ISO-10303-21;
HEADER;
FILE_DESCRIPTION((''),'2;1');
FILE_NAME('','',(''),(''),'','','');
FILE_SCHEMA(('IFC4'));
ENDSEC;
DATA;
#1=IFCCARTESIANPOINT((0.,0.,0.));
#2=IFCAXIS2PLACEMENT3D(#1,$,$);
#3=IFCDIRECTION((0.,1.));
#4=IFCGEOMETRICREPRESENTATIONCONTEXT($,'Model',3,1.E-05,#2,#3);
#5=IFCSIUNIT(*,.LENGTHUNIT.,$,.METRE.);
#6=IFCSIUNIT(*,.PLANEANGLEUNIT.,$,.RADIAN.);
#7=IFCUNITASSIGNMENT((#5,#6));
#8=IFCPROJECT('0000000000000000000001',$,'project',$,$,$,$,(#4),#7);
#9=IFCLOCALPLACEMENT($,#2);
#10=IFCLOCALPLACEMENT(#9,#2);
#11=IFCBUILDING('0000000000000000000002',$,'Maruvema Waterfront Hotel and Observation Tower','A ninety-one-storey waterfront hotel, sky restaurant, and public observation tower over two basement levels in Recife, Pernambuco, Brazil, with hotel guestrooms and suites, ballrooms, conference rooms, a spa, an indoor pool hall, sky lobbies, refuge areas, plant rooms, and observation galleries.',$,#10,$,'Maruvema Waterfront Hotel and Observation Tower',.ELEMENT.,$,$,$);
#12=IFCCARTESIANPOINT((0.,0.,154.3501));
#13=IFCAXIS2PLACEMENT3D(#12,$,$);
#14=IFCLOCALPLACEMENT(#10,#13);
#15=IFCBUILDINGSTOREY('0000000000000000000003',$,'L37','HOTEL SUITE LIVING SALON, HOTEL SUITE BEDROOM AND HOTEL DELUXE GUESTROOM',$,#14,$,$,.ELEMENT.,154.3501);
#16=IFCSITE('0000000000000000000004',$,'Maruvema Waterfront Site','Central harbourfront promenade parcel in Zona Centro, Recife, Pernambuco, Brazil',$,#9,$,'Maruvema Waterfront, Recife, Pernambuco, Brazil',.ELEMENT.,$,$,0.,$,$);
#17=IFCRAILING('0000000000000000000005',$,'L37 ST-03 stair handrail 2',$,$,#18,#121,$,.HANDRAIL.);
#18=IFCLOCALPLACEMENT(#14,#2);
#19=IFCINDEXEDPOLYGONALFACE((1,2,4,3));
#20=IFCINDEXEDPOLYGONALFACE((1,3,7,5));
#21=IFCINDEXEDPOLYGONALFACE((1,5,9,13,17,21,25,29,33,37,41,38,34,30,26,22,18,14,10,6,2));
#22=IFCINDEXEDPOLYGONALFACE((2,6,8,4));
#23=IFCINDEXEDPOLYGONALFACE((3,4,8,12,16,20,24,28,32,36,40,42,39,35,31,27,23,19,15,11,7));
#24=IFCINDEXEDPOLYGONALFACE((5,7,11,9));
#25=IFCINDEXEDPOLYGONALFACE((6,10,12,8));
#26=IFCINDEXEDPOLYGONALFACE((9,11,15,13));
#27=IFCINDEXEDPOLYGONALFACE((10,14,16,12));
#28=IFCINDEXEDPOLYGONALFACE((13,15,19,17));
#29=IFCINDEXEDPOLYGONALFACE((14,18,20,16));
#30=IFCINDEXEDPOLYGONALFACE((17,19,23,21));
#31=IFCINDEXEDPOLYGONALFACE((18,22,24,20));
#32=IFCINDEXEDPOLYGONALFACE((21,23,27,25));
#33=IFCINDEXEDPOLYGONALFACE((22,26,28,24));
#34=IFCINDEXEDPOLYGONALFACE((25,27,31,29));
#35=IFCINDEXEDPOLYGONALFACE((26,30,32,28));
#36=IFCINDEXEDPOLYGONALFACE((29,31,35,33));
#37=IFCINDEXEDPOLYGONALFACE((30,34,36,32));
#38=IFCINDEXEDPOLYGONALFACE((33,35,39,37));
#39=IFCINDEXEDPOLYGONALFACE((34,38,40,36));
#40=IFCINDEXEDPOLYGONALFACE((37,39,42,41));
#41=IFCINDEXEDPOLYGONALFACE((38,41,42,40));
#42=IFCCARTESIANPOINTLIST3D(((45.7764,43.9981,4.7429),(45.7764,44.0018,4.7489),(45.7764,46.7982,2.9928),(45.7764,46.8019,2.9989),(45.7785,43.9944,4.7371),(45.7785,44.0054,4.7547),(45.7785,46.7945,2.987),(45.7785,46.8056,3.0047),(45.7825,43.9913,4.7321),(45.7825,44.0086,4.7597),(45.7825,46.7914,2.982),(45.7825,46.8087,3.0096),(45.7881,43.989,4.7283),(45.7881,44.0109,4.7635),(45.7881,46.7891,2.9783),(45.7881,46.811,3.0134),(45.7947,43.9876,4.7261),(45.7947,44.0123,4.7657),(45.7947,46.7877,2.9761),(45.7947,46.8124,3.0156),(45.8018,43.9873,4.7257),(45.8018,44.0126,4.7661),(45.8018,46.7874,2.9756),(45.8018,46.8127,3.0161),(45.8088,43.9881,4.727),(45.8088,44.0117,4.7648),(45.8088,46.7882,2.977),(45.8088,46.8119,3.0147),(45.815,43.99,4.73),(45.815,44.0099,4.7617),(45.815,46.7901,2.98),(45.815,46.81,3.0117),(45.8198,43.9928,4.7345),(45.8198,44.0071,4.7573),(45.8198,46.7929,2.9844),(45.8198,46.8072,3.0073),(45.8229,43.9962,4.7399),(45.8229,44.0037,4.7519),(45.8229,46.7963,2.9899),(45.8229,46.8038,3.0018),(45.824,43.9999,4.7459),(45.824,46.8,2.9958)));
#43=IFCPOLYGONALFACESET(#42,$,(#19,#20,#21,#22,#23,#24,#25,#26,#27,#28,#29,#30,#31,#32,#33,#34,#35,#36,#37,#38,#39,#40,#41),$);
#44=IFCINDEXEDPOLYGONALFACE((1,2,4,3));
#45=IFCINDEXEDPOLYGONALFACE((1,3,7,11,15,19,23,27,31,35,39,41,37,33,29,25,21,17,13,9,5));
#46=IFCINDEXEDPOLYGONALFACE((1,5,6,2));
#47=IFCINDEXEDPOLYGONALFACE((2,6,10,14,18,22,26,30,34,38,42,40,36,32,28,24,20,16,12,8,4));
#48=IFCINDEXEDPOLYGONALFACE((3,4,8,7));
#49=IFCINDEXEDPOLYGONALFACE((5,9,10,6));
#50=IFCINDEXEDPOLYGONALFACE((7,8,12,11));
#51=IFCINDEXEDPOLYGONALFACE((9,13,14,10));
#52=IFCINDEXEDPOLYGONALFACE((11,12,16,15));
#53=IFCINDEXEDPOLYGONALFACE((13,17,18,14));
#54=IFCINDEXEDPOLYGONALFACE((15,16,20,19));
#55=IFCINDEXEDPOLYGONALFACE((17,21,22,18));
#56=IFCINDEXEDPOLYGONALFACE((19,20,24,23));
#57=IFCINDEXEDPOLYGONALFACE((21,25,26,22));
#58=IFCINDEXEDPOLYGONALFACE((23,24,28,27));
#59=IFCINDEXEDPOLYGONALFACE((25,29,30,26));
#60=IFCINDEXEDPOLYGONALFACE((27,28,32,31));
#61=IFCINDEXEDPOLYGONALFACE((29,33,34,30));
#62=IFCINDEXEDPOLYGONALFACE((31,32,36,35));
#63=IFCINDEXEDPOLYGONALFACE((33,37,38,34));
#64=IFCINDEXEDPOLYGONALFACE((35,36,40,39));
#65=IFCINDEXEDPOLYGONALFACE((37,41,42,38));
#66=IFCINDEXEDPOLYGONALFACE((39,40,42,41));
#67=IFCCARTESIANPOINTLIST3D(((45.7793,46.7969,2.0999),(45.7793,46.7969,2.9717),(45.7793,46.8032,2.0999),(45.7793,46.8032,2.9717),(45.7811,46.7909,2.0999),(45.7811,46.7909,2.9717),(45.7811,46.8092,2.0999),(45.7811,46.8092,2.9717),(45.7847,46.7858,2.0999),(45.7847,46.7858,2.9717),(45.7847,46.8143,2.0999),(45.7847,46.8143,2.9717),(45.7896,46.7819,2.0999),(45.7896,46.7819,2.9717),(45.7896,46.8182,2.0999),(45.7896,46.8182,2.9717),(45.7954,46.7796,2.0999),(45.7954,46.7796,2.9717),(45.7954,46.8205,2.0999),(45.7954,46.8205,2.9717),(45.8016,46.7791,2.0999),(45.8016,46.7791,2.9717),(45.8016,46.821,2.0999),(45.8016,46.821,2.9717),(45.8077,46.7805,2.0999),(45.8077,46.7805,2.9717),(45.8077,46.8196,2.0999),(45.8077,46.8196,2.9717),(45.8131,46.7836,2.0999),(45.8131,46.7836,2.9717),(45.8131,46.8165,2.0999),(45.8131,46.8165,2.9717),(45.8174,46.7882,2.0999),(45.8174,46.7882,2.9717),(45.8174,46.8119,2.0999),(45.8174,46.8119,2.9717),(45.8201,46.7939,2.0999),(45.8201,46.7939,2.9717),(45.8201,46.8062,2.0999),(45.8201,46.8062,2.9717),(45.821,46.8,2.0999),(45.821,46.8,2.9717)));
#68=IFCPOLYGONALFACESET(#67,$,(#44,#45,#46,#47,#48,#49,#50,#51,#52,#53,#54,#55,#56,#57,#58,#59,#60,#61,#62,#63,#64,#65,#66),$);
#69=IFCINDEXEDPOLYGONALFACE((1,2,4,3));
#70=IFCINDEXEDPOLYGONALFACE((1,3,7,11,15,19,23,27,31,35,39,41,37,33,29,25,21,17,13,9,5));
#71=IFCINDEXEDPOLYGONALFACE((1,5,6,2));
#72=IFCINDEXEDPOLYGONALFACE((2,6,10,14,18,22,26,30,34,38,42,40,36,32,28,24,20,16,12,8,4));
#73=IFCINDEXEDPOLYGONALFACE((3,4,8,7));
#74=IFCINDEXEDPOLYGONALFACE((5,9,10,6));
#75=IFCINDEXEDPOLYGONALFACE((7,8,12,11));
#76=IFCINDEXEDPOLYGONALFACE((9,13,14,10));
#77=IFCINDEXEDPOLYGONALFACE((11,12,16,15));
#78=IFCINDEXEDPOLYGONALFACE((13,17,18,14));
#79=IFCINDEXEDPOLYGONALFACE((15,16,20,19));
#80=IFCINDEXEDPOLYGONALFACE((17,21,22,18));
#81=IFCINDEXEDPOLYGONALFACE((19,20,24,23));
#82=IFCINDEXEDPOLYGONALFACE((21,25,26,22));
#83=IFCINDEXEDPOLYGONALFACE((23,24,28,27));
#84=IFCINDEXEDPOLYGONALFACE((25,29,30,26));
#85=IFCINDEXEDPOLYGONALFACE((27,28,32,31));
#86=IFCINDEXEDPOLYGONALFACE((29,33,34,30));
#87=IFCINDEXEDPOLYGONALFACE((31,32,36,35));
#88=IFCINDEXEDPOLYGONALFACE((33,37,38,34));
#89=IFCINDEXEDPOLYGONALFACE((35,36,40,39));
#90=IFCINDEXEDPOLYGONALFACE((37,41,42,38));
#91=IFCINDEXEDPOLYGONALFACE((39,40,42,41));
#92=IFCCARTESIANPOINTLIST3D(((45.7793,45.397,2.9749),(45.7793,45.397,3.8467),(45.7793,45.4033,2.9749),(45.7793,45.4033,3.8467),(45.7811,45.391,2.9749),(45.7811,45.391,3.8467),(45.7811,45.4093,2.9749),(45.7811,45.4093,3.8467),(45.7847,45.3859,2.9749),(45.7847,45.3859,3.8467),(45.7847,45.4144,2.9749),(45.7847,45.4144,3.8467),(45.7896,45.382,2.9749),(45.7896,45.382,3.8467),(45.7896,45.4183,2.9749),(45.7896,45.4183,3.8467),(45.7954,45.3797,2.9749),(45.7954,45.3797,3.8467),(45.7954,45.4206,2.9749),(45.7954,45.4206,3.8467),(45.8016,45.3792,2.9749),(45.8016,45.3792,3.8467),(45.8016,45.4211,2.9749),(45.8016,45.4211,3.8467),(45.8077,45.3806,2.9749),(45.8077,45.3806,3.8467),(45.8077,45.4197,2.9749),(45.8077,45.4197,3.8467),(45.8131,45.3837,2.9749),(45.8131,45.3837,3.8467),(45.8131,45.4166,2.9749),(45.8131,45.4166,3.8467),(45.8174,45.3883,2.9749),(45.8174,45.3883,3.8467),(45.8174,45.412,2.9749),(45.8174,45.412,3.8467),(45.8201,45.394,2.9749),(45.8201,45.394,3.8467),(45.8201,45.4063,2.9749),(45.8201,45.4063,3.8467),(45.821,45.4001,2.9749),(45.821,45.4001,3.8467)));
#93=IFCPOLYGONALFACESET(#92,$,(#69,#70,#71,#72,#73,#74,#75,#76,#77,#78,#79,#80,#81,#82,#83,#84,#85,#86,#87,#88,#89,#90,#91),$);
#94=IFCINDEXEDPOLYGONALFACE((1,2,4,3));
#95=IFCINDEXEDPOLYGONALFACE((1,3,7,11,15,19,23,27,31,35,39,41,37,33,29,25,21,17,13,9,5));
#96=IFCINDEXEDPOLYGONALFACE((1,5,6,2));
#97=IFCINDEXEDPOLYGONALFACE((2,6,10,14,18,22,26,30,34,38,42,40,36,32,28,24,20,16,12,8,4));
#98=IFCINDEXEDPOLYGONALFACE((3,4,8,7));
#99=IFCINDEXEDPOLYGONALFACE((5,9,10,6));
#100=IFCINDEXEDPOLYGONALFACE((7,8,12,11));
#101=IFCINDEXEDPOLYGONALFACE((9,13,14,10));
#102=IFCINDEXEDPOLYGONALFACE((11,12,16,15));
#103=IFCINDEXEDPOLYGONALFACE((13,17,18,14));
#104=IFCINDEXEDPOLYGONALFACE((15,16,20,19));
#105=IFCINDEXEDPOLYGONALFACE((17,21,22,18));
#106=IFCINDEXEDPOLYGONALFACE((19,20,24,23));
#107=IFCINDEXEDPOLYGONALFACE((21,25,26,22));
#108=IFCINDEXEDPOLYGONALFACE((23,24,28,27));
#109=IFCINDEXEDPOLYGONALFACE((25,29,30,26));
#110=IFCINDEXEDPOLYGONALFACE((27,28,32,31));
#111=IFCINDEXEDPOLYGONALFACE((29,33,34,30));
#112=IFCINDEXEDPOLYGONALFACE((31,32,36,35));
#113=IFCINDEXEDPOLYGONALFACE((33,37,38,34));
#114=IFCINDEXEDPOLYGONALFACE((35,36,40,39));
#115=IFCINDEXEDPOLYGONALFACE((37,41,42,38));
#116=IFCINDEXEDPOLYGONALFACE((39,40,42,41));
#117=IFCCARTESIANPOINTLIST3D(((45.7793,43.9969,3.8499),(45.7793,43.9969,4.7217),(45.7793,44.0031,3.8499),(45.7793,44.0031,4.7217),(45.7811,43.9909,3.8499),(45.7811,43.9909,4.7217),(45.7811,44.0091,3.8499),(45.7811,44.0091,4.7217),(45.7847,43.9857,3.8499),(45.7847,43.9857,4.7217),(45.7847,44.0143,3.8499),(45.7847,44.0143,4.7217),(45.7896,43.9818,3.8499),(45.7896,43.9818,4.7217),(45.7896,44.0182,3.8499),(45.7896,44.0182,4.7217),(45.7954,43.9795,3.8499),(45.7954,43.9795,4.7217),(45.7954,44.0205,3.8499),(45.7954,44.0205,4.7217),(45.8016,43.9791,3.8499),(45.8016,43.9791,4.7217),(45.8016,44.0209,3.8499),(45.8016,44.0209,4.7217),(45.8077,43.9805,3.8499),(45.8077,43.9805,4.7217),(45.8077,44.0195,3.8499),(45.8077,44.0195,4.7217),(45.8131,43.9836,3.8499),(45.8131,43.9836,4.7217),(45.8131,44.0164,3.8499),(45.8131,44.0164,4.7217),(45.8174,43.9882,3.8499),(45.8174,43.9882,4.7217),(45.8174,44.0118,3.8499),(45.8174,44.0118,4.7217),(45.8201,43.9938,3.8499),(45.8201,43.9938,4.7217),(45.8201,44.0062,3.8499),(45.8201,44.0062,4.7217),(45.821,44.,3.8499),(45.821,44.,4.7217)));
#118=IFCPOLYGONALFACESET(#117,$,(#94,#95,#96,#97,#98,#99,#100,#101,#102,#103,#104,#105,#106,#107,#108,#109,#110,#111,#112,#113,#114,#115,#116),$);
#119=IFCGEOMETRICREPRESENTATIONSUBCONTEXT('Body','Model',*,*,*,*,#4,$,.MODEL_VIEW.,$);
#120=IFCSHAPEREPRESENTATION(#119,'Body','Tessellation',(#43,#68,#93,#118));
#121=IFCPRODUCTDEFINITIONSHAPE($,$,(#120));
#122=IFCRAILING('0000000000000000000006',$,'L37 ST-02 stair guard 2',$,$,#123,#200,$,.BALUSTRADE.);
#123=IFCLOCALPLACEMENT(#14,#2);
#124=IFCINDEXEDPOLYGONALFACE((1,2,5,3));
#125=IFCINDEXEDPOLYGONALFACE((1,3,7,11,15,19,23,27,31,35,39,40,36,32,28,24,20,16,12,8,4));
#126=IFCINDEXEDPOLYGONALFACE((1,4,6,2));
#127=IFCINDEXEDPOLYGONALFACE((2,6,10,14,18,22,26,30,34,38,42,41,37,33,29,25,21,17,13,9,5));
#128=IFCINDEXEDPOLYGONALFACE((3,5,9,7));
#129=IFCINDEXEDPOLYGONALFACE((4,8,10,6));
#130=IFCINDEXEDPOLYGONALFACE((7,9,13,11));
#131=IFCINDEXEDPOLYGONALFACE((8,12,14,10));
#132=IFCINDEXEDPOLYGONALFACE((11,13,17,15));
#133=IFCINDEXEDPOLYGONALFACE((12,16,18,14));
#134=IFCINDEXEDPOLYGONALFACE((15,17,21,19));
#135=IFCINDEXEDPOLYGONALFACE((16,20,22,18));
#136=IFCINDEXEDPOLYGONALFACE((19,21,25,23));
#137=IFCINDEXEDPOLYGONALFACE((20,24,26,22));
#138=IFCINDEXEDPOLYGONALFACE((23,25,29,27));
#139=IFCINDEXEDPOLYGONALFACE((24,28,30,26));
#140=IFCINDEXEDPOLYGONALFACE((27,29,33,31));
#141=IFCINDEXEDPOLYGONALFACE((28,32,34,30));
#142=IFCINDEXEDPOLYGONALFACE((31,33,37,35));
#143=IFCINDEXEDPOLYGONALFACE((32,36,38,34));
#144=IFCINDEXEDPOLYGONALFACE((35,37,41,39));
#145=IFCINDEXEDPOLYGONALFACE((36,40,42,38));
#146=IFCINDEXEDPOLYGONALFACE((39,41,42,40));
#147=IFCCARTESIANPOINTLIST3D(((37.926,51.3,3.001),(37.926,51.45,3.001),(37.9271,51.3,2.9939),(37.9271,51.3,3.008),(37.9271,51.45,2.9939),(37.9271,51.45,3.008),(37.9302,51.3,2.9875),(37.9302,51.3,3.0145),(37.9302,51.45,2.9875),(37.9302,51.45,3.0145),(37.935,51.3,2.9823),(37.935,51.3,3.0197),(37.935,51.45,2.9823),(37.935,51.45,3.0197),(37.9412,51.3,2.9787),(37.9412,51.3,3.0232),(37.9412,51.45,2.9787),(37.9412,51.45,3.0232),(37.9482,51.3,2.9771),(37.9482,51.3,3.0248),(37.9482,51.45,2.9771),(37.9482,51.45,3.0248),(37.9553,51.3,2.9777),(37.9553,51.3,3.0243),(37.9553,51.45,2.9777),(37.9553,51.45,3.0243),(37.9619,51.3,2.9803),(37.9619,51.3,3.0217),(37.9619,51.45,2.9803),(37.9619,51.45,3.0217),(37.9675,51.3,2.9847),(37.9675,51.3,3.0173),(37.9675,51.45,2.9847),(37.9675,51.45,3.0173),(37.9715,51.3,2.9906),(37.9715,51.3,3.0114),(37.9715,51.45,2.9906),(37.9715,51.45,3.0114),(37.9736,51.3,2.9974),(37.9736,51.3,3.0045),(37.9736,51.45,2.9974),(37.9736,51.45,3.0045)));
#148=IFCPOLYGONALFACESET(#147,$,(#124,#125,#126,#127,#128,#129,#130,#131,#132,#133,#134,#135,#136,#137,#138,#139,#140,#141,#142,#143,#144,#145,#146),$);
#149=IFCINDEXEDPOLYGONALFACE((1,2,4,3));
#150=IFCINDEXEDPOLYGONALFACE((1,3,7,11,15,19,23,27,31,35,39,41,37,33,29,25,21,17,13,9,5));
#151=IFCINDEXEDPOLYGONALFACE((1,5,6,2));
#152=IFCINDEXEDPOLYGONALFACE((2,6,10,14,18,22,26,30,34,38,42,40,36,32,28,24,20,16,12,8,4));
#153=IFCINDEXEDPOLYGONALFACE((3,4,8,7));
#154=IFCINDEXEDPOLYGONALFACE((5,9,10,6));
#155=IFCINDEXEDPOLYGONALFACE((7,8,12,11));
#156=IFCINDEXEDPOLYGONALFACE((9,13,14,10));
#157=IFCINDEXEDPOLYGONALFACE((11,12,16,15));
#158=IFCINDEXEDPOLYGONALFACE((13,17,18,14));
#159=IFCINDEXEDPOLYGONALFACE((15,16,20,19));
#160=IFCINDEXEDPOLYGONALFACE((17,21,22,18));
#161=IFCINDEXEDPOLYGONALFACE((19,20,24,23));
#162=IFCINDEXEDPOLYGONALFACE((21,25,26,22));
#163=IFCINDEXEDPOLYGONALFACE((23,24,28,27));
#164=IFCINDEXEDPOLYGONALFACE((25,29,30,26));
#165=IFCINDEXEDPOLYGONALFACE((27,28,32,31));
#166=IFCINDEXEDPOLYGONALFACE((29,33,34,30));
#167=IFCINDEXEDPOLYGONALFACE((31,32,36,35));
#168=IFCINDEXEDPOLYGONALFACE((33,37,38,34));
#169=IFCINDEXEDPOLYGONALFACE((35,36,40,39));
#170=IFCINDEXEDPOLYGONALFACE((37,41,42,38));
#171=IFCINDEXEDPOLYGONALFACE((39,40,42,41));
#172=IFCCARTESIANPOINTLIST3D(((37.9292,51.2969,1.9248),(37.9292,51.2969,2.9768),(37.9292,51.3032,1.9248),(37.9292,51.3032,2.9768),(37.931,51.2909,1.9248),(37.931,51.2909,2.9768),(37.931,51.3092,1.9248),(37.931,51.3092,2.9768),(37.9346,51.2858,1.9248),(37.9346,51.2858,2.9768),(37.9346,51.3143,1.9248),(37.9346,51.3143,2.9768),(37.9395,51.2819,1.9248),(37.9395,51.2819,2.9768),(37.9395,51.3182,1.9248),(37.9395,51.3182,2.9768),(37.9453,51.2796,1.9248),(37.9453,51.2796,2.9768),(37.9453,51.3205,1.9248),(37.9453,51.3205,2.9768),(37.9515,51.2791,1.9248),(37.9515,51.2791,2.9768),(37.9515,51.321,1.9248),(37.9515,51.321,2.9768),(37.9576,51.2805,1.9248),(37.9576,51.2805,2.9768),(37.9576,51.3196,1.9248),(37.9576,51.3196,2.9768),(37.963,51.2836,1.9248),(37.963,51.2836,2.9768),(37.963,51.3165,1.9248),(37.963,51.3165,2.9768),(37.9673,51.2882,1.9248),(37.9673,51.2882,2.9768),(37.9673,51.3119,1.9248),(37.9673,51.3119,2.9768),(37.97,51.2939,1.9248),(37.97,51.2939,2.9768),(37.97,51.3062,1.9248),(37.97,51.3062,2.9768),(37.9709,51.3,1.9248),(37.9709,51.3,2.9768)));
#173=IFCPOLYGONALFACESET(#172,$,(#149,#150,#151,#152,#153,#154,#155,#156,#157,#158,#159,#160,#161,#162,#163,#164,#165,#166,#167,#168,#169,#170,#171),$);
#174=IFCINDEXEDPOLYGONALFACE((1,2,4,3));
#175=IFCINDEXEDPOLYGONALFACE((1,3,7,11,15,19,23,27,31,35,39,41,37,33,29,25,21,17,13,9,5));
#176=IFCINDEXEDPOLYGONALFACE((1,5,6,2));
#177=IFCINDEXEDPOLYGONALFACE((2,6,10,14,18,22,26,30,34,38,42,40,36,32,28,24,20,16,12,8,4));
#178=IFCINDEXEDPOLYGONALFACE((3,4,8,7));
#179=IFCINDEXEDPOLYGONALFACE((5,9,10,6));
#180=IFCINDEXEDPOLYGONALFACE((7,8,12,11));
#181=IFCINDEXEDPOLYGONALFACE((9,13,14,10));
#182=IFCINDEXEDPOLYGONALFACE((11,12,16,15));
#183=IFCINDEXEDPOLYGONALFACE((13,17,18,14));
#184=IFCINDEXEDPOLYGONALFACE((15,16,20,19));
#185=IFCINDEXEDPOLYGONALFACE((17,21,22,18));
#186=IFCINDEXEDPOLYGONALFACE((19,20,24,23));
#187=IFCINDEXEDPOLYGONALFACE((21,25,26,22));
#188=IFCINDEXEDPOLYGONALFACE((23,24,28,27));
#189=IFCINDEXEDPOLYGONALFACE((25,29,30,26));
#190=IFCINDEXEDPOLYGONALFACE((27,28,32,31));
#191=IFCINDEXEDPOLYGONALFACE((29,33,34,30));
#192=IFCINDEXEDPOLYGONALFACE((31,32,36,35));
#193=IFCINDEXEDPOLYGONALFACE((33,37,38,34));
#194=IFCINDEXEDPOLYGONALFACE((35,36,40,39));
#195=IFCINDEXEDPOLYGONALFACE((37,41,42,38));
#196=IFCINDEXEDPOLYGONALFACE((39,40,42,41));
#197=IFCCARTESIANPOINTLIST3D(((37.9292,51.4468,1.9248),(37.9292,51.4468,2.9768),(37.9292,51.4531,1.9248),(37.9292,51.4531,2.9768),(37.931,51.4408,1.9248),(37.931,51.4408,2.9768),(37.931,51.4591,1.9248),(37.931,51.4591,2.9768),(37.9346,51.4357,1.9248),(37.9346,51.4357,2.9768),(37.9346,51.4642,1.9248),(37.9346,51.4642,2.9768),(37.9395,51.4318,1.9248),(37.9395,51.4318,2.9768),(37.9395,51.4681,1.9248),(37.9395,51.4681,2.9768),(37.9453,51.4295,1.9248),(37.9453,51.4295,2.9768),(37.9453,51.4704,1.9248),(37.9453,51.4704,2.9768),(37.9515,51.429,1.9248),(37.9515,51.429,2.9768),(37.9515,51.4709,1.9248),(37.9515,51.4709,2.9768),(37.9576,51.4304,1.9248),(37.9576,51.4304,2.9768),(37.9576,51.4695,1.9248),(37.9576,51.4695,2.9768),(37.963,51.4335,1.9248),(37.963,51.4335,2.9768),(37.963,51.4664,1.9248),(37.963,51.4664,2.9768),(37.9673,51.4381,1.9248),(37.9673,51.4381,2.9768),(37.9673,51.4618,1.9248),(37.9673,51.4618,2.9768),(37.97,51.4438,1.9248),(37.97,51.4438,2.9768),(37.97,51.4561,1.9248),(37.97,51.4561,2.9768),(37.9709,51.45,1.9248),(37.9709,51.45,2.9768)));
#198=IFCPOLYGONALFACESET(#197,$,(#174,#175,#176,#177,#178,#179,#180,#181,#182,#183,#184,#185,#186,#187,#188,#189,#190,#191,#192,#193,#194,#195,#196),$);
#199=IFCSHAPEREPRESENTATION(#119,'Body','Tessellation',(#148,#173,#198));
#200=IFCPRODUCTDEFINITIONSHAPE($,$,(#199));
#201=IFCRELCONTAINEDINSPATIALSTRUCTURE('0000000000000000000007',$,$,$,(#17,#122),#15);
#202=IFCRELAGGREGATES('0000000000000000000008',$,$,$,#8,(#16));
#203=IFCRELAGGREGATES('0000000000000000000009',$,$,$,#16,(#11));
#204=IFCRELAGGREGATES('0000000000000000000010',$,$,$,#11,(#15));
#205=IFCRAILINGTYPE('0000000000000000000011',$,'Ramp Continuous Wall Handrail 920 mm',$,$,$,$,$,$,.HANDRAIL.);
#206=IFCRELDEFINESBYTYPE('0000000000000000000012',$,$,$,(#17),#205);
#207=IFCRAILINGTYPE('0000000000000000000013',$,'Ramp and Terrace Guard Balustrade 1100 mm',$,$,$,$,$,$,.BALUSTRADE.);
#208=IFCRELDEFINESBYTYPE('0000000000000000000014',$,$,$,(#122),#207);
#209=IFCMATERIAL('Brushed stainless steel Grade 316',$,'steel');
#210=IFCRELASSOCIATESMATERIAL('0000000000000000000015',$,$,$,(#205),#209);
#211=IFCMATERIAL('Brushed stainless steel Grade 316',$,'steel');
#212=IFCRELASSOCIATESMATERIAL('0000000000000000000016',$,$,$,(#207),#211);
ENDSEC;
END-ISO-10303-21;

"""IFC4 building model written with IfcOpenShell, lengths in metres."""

from ifc_helpers import new_model, si_unit, direction, frame, origin, origin_2d, place, context, subcontext, project, spatial, circle, extrude, material, type_object, element, save


model = new_model("IFC4")

# Units and contexts
model_context = context("Model", 3, precision=1e-05, world=origin(), true_north=direction((0.0, 1.0)))
body_context = subcontext(model_context, "Body", "Model", "MODEL_VIEW")
ifc_project = project(units=[si_unit("LENGTHUNIT", "METRE"), si_unit("PLANEANGLEUNIT", "RADIAN")], contexts=[model_context])

# Site, building, storey
site_placement = place(None, origin())
site = spatial("IfcSite", under=ifc_project, at=site_placement, Name="Maruvema Waterfront Site", Description="Central harbourfront promenade parcel in Zona Centro, Recife, Pernambuco, Brazil", LongName="Maruvema Waterfront, Recife, Pernambuco, Brazil", CompositionType="ELEMENT", RefElevation=0.0)
building_placement = place(site_placement, origin())
building = spatial("IfcBuilding", under=site, at=building_placement, Name="Maruvema Waterfront Hotel and Observation Tower", Description="A ninety-one-storey waterfront hotel, sky restaurant, and public observation tower over two basement levels in Recife, Pernambuco, Brazil, with hotel guestrooms and suites, ballrooms, conference rooms, a spa, an indoor pool hall, sky lobbies, refuge areas, plant rooms, and observation galleries.", LongName="Maruvema Waterfront Hotel and Observation Tower", CompositionType="ELEMENT")
storey_placement = place(building_placement, frame((0.0, 0.0, 154.3501)))
storey = spatial("IfcBuildingStorey", under=building, at=storey_placement, Name="L37", Description="HOTEL SUITE LIVING SALON, HOTEL SUITE BEDROOM AND HOTEL DELUXE GUESTROOM", CompositionType="ELEMENT", Elevation=154.3501)

# Railings
ifc_material_1 = material(Name="Brushed stainless steel Grade 316", Category="steel")
railing_type_1 = type_object("IfcRailingType", Name="Ramp Continuous Wall Handrail 920 mm", PredefinedType="HANDRAIL", material=ifc_material_1)
railing_1_placement = place(storey_placement, frame((45.8, 46.8, 2.0999)))
element("IfcRailing", 1, at=railing_1_placement, inside=storey, type_object=railing_type_1, Name="L37 ST-03 stair handrail 2", PredefinedType="HANDRAIL", context=body_context, shape_type="SweptSolid", body=[
    extrude(circle(Radius=0.0239, at=origin_2d()), frame((0.0, 0.0, 0.896), z_axis=(0.0, -0.848002, 0.529992), x_axis=(1.0, 0.0, 0.0)), (0.0, 0.0, 1.0), 3.302),
    extrude(circle(Radius=0.021, at=origin_2d()), origin(), (0.0, 0.0, 1.0), 0.8718),
    extrude(circle(Radius=0.021, at=origin_2d()), frame((0.0, -1.3999, 0.875)), (0.0, 0.0, 1.0), 0.8718),
    extrude(circle(Radius=0.021, at=origin_2d()), frame((0.0, -2.8, 1.75)), (0.0, 0.0, 1.0), 0.8718),
])
ifc_material_2 = material(Name="Brushed stainless steel Grade 316", Category="steel")
railing_type_2 = type_object("IfcRailingType", Name="Ramp and Terrace Guard Balustrade 1100 mm", PredefinedType="BALUSTRADE", material=ifc_material_2)
railing_2_placement = place(storey_placement, frame((37.95, 51.3, 1.9248)))
element("IfcRailing", 2, at=railing_2_placement, inside=storey, type_object=railing_type_2, Name="L37 ST-02 stair guard 2", PredefinedType="BALUSTRADE", context=body_context, shape_type="SweptSolid", body=[
    extrude(circle(Radius=0.0239, at=origin_2d()), frame((0.0, 0.0, 1.0762), z_axis=(0.0, 1.0, 0.0), x_axis=(-1.0, 0.0, 0.0)), (0.0, 0.0, 1.0), 0.1499),
    extrude(circle(Radius=0.021, at=origin_2d()), origin(), (0.0, 0.0, 1.0), 1.052),
    extrude(circle(Radius=0.021, at=origin_2d()), frame((0.0, 0.1499, 0.0)), (0.0, 0.0, 1.0), 1.052),
])

save(model, "model.ifc")
